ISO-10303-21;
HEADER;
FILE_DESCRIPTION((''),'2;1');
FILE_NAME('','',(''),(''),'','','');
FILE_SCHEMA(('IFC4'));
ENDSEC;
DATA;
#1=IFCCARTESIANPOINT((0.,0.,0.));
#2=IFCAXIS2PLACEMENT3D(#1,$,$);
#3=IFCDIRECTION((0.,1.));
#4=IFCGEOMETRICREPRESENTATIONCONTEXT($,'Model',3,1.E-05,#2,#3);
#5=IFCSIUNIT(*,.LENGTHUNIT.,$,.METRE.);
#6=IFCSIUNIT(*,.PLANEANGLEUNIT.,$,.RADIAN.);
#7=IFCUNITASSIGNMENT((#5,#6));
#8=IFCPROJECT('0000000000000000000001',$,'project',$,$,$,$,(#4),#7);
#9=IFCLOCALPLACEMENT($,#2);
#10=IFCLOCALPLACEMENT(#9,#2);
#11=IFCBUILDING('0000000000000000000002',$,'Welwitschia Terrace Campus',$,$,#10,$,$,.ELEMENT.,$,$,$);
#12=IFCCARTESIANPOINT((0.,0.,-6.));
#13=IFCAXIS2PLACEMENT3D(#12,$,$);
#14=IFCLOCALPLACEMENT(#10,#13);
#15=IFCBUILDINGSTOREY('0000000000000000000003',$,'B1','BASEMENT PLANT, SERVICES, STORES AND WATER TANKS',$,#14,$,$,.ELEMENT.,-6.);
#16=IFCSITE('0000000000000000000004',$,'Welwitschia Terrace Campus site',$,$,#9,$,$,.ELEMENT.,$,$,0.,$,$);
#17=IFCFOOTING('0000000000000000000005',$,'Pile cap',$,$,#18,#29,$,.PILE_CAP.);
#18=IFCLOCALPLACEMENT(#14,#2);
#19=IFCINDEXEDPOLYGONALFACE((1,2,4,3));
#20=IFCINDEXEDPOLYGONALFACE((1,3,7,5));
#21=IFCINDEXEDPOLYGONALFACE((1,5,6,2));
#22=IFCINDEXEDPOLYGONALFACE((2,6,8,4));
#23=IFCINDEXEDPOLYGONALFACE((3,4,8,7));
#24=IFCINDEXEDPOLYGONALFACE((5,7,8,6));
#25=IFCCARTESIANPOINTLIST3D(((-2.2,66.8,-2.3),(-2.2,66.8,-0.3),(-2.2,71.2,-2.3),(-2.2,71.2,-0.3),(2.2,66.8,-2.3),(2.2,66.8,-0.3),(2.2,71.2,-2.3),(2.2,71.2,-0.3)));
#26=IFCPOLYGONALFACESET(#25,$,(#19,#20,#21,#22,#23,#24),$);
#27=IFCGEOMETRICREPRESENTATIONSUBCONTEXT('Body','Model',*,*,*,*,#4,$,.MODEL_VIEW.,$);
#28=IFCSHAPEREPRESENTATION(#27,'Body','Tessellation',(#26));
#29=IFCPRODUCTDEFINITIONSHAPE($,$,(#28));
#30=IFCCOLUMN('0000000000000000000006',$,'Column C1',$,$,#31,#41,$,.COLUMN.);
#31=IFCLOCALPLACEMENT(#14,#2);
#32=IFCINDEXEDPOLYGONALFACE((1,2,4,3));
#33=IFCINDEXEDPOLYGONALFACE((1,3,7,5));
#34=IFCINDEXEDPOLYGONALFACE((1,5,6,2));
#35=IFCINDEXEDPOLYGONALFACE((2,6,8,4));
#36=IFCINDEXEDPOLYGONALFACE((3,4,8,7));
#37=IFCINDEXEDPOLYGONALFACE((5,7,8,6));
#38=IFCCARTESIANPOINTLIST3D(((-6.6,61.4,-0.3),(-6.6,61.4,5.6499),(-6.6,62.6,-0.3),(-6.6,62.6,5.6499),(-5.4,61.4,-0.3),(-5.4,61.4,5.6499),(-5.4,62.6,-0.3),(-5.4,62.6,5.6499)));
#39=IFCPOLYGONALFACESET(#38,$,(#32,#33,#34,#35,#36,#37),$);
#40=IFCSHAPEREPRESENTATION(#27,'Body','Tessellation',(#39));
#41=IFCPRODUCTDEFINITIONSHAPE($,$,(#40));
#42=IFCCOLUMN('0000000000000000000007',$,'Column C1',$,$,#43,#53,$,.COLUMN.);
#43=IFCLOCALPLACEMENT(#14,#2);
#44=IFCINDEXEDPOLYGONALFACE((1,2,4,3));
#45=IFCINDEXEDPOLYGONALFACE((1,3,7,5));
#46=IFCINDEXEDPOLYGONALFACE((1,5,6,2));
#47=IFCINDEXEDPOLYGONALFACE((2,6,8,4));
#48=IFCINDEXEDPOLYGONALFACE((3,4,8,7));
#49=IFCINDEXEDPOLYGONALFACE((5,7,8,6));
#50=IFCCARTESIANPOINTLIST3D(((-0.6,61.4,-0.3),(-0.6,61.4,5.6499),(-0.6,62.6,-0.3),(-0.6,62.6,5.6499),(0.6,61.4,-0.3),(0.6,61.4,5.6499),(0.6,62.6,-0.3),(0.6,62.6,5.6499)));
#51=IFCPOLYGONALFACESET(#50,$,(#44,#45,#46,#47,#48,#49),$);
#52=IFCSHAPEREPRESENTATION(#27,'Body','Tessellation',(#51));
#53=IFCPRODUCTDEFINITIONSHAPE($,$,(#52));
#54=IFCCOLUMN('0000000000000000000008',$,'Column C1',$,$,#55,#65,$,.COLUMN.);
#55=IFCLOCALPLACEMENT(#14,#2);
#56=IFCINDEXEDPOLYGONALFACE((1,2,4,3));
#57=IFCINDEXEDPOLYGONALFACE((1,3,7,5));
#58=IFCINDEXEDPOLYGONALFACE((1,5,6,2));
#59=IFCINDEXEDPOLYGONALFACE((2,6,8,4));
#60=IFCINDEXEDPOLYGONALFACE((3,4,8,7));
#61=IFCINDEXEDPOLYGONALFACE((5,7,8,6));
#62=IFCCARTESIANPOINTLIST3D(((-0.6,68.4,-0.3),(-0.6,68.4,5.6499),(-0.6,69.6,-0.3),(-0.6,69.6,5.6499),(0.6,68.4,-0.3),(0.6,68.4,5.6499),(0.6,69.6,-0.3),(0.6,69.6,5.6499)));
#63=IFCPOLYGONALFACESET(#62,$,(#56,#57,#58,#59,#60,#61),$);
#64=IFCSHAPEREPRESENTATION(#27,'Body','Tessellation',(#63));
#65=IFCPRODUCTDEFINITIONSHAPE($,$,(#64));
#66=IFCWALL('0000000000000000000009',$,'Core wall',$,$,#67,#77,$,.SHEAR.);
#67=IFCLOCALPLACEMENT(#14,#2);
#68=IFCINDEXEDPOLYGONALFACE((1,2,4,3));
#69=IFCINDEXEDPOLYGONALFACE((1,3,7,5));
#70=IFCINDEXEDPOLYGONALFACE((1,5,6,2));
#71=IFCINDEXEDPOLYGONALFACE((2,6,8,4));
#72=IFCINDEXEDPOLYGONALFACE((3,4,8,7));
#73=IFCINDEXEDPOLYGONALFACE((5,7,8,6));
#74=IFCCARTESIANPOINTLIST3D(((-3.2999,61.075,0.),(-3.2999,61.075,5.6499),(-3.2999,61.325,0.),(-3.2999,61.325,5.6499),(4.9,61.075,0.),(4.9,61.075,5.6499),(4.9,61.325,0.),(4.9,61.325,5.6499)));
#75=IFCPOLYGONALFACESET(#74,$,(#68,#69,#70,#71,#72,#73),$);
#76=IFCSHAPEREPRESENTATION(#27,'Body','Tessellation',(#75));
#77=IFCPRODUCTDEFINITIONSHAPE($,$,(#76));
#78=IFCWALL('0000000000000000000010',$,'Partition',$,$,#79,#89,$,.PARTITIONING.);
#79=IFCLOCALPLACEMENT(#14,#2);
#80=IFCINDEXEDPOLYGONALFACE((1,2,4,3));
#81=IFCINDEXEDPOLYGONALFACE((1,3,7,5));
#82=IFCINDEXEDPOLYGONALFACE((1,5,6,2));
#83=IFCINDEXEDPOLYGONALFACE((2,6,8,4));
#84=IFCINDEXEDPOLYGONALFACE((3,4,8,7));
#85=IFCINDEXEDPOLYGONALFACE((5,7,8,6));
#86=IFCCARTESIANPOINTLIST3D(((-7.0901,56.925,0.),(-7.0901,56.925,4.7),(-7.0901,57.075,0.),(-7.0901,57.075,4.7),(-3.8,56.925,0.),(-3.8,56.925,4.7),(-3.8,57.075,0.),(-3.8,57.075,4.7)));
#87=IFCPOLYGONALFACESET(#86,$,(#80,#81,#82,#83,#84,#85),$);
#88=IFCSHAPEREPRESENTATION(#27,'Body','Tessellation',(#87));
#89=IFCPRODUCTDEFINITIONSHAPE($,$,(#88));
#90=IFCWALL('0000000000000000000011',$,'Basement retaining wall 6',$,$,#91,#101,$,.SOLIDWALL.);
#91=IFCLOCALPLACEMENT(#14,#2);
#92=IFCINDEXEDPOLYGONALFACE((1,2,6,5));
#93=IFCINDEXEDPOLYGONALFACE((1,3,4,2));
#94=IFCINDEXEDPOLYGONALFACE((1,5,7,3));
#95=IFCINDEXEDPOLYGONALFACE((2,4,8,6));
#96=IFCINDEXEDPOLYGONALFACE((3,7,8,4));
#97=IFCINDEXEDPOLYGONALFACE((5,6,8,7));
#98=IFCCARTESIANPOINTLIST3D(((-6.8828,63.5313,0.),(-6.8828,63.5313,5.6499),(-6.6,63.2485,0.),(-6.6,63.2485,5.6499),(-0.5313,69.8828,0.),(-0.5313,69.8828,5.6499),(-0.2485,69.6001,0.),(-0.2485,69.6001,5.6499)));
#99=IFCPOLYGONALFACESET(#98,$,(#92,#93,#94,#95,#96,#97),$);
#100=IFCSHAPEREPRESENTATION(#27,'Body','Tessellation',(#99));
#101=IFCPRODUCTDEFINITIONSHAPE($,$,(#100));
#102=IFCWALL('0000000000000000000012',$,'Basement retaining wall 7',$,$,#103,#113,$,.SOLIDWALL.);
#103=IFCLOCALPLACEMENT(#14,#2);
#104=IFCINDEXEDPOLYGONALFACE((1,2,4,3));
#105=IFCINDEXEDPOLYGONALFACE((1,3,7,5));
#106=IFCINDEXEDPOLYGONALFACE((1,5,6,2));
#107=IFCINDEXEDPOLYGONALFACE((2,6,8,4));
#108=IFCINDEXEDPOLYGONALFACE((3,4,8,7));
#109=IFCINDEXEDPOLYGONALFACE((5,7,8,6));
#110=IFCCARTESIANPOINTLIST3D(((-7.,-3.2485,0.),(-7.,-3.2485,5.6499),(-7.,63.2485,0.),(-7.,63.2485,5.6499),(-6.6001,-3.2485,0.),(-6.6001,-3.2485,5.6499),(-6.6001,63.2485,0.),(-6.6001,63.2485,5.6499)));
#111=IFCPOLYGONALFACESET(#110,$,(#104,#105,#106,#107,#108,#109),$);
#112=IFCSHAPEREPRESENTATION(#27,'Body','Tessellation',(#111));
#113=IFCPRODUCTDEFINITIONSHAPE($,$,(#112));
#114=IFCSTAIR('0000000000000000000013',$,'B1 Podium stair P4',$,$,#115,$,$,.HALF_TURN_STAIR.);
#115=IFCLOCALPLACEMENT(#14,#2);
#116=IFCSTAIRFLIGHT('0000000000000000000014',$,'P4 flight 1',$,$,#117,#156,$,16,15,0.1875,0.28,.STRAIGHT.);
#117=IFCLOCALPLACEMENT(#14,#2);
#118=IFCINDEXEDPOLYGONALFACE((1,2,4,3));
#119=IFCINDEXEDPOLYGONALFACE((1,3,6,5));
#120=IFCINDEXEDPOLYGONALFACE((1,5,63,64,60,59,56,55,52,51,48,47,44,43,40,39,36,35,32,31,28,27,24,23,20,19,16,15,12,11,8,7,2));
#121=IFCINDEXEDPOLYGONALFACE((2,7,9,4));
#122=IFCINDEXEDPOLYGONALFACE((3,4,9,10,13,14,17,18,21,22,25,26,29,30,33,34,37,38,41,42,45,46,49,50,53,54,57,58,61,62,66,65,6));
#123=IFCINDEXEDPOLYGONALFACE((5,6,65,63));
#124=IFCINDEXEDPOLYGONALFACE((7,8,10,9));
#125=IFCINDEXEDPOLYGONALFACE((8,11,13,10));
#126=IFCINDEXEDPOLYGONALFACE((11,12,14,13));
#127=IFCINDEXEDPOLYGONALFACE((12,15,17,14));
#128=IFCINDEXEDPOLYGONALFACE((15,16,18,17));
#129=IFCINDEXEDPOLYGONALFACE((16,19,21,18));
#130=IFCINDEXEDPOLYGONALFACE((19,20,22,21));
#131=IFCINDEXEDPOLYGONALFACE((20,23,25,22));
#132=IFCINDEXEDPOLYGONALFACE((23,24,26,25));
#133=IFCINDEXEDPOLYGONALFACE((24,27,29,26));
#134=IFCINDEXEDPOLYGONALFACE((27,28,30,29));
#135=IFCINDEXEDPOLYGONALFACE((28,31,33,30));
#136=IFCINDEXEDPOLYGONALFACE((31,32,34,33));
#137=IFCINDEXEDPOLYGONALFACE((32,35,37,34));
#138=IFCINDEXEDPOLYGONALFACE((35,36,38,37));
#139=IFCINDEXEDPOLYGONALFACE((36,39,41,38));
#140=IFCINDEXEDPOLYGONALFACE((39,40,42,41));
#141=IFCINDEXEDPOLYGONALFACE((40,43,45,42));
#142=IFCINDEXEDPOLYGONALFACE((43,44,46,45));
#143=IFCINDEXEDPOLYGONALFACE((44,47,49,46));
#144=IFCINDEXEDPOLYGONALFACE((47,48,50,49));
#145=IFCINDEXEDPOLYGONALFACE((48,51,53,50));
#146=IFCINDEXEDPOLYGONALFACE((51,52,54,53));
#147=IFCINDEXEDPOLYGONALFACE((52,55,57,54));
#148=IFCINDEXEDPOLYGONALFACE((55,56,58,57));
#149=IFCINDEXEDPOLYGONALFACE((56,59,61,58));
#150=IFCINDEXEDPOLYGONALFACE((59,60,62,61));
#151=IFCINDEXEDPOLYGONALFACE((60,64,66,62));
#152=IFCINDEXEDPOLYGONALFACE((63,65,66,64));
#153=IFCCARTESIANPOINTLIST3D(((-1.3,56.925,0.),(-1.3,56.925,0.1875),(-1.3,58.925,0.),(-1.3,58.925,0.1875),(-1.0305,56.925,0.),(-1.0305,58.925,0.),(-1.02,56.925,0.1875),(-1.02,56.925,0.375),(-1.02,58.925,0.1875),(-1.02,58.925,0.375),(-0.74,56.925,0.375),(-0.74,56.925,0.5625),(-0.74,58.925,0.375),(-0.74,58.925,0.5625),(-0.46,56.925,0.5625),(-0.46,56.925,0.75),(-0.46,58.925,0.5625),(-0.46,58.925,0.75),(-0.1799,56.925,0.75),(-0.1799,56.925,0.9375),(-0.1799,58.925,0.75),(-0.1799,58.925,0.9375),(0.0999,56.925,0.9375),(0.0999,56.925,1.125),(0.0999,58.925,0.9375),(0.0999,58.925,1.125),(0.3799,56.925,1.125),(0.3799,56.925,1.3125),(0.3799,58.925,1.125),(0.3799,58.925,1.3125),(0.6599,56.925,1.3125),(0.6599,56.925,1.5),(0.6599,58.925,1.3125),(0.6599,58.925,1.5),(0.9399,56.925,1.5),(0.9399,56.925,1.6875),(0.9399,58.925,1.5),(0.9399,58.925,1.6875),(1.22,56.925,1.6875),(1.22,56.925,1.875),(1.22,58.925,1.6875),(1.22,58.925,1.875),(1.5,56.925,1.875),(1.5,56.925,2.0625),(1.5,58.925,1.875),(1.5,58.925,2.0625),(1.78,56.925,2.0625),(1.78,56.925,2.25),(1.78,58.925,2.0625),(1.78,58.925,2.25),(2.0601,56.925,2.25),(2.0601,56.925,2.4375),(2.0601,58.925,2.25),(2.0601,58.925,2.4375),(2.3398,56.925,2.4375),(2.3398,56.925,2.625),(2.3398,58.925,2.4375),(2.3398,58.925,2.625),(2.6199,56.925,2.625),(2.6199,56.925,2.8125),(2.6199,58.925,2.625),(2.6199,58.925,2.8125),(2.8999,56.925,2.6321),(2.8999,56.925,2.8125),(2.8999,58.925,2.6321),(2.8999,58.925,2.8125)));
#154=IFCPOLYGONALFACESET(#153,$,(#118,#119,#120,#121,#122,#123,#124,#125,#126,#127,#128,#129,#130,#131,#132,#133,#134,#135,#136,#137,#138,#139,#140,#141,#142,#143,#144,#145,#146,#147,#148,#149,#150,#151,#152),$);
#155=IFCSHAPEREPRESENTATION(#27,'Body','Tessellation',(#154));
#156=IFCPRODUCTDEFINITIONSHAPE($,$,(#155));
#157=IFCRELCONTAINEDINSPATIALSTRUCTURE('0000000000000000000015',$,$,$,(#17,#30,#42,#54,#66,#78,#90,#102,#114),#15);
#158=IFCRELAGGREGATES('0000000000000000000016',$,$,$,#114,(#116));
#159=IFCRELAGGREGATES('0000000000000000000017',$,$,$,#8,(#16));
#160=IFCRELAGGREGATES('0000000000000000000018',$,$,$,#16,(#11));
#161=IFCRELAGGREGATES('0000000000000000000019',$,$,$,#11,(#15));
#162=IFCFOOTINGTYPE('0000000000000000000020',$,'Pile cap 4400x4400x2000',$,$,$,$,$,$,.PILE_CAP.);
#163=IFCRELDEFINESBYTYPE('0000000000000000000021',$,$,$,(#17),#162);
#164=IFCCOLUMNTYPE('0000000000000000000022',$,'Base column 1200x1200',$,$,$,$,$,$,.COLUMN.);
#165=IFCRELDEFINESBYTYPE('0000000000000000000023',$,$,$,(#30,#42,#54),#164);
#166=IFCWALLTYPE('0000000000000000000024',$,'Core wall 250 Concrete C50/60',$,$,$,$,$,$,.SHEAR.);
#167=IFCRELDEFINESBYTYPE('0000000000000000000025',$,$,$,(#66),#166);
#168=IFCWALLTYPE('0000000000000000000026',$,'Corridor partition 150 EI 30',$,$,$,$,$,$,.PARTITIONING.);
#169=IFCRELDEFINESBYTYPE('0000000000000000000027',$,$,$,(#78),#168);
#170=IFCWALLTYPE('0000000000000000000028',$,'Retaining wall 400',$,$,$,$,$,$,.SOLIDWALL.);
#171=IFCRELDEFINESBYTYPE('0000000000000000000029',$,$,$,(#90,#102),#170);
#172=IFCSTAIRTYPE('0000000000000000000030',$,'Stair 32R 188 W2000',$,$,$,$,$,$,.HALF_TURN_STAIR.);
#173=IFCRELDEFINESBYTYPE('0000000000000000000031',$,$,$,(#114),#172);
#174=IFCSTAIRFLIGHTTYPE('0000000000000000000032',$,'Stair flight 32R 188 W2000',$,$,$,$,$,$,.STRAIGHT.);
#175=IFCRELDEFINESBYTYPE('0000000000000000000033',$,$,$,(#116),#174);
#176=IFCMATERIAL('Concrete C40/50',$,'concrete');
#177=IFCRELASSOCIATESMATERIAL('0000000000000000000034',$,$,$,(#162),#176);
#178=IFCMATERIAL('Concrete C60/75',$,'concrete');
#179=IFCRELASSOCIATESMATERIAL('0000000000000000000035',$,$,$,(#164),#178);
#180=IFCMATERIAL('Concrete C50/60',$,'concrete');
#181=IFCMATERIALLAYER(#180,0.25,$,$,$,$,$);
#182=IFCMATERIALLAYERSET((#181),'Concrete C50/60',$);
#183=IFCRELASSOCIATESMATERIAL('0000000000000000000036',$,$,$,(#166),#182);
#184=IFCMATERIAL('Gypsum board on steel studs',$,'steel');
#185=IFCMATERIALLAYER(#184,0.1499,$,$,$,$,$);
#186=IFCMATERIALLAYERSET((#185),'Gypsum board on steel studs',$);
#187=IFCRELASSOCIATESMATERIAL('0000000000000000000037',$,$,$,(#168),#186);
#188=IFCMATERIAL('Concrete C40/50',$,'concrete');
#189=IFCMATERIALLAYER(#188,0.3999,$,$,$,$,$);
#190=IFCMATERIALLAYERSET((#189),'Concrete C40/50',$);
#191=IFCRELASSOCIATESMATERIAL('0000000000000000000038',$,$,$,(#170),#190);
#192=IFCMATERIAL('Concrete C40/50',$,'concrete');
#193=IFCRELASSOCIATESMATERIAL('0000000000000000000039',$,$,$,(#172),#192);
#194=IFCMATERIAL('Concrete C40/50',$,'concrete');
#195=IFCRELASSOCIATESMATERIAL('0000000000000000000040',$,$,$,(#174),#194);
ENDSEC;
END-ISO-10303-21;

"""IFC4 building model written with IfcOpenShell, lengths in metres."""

from ifc_helpers import new_model, si_unit, direction, frame, frame_2d, origin, origin_2d, place, context, subcontext, project, spatial, polyline, rectangle, outline, extrude, material, layer, layer_set, material_profile, profile_set, type_object, element, aggregate, save


model = new_model("IFC4")

# Units and contexts
model_context = context("Model", 3, precision=1e-05, world=origin(), true_north=direction((0.0, 1.0)))
body_context = subcontext(model_context, "Body", "Model", "MODEL_VIEW")
ifc_project = project(units=[si_unit("LENGTHUNIT", "METRE"), si_unit("PLANEANGLEUNIT", "RADIAN")], contexts=[model_context])

# Site, building, storey
site_placement = place(None, origin())
site = spatial("IfcSite", under=ifc_project, at=site_placement, Name="Welwitschia Terrace Campus site", CompositionType="ELEMENT", RefElevation=0.0)
building_placement = place(site_placement, origin())
building = spatial("IfcBuilding", under=site, at=building_placement, Name="Welwitschia Terrace Campus", CompositionType="ELEMENT")
storey_placement = place(building_placement, frame((0.0, 0.0, -6.0)))
storey = spatial("IfcBuildingStorey", under=building, at=storey_placement, Name="B1", Description="BASEMENT PLANT, SERVICES, STORES AND WATER TANKS", CompositionType="ELEMENT", Elevation=-6.0)

# Footing
ifc_material_1 = material(Name="Concrete C40/50", Category="concrete")
footing_type = type_object("IfcFootingType", Name="Pile cap 4400x4400x2000", PredefinedType="PILE_CAP", material=ifc_material_1)
for number, where, z_axis, x_axis, name in (
    (1, (0.0, 69.0, -2.3), (0.0, 0.0, 1.0), (1.0, 0.0, 0.0), "Pile cap"),
):
    element("IfcFooting", number, at=place(storey_placement, frame(where, z_axis=z_axis, x_axis=x_axis)), inside=storey, type_object=footing_type, Name=name, PredefinedType="PILE_CAP", context=body_context, shape_type="SweptSolid", body=[
        extrude(rectangle(XDim=4.3999, YDim=4.3999, at=origin_2d()), origin(), (0.0, 0.0, 1.0), 2.0),
    ])

# Columns
ifc_material_2 = material(Name="Concrete C60/75", Category="concrete")
ifc_material_profile = material_profile(ifc_material_2, rectangle(XDim=1.2, YDim=1.2, at=origin_2d()))
ifc_profile_set = profile_set([ifc_material_profile], Name="Concrete C60/75")
column_type = type_object("IfcColumnType", Name="Base column 1200x1200", PredefinedType="COLUMN", material=ifc_profile_set)
for number, where, z_axis, x_axis, name in (
    (2, (-6.0, 62.0, -0.3), (0.0, 0.0, 1.0), (1.0, 0.0, 0.0), "Column C1"),
    (3, (0.0, 62.0, -0.3), (0.0, 0.0, 1.0), (1.0, 0.0, 0.0), "Column C1"),
    (4, (0.0, 69.0, -0.3), (0.0, 0.0, 1.0), (1.0, 0.0, 0.0), "Column C1"),
):
    element("IfcColumn", number, at=place(storey_placement, frame(where, z_axis=z_axis, x_axis=x_axis)), inside=storey, type_object=column_type, Name=name, PredefinedType="COLUMN", context=body_context, shape_type="SweptSolid", body=[
        extrude(rectangle(XDim=1.2, YDim=1.2, at=origin_2d()), origin(), (0.0, 0.0, 1.0), 5.95),
    ])

# Walls
ifc_material_3 = material(Name="Concrete C50/60", Category="concrete")
ifc_layer_1 = layer(ifc_material_3, 0.25)
ifc_layer_set_1 = layer_set([ifc_layer_1], Name="Concrete C50/60")
wall_type_1 = type_object("IfcWallType", Name="Core wall 250 Concrete C50/60", PredefinedType="SHEAR", material=ifc_layer_set_1)
wall_1_placement = place(storey_placement, frame((-3.3, 61.2, 0.0), z_axis=(0.0, 0.0, 1.0), x_axis=(1.0, 0.0, 0.0)))
element("IfcWall", 5, at=wall_1_placement, inside=storey, type_object=wall_type_1, Name="Core wall", PredefinedType="SHEAR", context=body_context, shape_type="SweptSolid", body=[
    extrude(rectangle(XDim=8.2, YDim=0.25, at=frame_2d((4.1001, 0.0))), origin(), (0.0, 0.0, 1.0), 5.6499),
])
ifc_material_4 = material(Name="Gypsum board on steel studs", Category="steel")
ifc_layer_2 = layer(ifc_material_4, 0.1499)
ifc_layer_set_2 = layer_set([ifc_layer_2], Name="Gypsum board on steel studs")
wall_type_2 = type_object("IfcWallType", Name="Corridor partition 150 EI 30", PredefinedType="PARTITIONING", material=ifc_layer_set_2)
wall_2_placement = place(storey_placement, frame((-7.0901, 57.0, 0.0), z_axis=(0.0, 0.0, 1.0), x_axis=(1.0, 0.0, 0.0)))
element("IfcWall", 6, at=wall_2_placement, inside=storey, type_object=wall_type_2, Name="Partition", PredefinedType="PARTITIONING", context=body_context, shape_type="SweptSolid", body=[
    extrude(rectangle(XDim=3.29, YDim=0.1499, at=frame_2d((1.645, 0.0))), origin(), (0.0, 0.0, 1.0), 4.7),
])
ifc_material_5 = material(Name="Concrete C40/50", Category="concrete")
ifc_layer_3 = layer(ifc_material_5, 0.3999)
ifc_layer_set_3 = layer_set([ifc_layer_3], Name="Concrete C40/50")
wall_type_3 = type_object("IfcWallType", Name="Retaining wall 400", PredefinedType="SOLIDWALL", material=ifc_layer_set_3)
wall_3_placement = place(storey_placement, frame((-0.3899, 69.7415, 0.0), z_axis=(0.0, 0.0, 1.0), x_axis=(-0.707107, -0.707107, 0.0)))
element("IfcWall", 7, at=wall_3_placement, inside=storey, type_object=wall_type_3, Name="Basement retaining wall 6", PredefinedType="SOLIDWALL", context=body_context, shape_type="SweptSolid", body=[
    extrude(rectangle(XDim=8.9824, YDim=0.3999, at=frame_2d((4.4912, 0.0))), origin(), (0.0, 0.0, 1.0), 5.6499),
])
wall_4_placement = place(storey_placement, frame((-6.8, 63.2485, 0.0), z_axis=(0.0, 0.0, 1.0), x_axis=(0.0, -1.0, 0.0)))
element("IfcWall", 8, at=wall_4_placement, inside=storey, type_object=wall_type_3, Name="Basement retaining wall 7", PredefinedType="SOLIDWALL", context=body_context, shape_type="SweptSolid", body=[
    extrude(rectangle(XDim=66.4971, YDim=0.3999, at=frame_2d((33.2485, 0.0))), origin(), (0.0, 0.0, 1.0), 5.6499),
])

# Stair, stair flight
ifc_material_6 = material(Name="Concrete C40/50", Category="concrete")
stair_type = type_object("IfcStairType", Name="Stair 32R 188 W2000", PredefinedType="HALF_TURN_STAIR", material=ifc_material_6)
stair_placement = place(storey_placement, origin())
stair = element("IfcStair", 9, at=stair_placement, inside=storey, type_object=stair_type, Name="B1 Podium stair P4", PredefinedType="HALF_TURN_STAIR")
ifc_material_7 = material(Name="Concrete C40/50", Category="concrete")
stair_flight_type = type_object("IfcStairFlightType", Name="Stair flight 32R 188 W2000", PredefinedType="STRAIGHT", material=ifc_material_7)
stair_flight_placement = place(storey_placement, frame((-1.3, 57.925, 0.0), z_axis=(0.0, 0.0, 1.0), x_axis=(1.0, 0.0, 0.0)))
stair_flight = element("IfcStairFlight", 10, at=stair_flight_placement, type_object=stair_flight_type, Name="P4 flight 1", NumberOfRisers=16, NumberOfTreads=15, PredefinedType="STRAIGHT", RiserHeight=0.1875, TreadLength=0.28, context=body_context, shape_type="SweptSolid", body=[
    extrude(outline(polyline([(0.0, 0.0), (0.0, 0.1875), (0.28, 0.1875), (0.28, 0.375), (0.5601, 0.375), (0.5601, 0.5625), (0.8401, 0.5625), (0.8401, 0.75), (1.1201, 0.75), (1.1201, 0.9375), (1.3999, 0.9375), (1.3999, 1.125), (1.6799, 1.125), (1.6799, 1.3125), (1.96, 1.3125), (1.96, 1.5), (2.24, 1.5), (2.24, 1.6875), (2.52, 1.6875), (2.52, 1.875), (2.8, 1.875), (2.8, 2.0625), (3.0801, 2.0625), (3.0801, 2.25), (3.3601, 2.25), (3.3601, 2.4375), (3.6399, 2.4375), (3.6399, 2.625), (3.9199, 2.625), (3.9199, 2.8125), (4.2, 2.8125), (4.2, 3.0), (4.2, 2.6321), (0.2695, 0.0), (0.0, 0.0)])), frame((0.0, 1.0, 0.0), z_axis=(0.0, -1.0, 0.0), x_axis=(1.0, 0.0, 0.0)), (0.0, 0.0, 1.0), 2.0),
])
aggregate(stair, [stair_flight])

save(model, "model.ifc")
